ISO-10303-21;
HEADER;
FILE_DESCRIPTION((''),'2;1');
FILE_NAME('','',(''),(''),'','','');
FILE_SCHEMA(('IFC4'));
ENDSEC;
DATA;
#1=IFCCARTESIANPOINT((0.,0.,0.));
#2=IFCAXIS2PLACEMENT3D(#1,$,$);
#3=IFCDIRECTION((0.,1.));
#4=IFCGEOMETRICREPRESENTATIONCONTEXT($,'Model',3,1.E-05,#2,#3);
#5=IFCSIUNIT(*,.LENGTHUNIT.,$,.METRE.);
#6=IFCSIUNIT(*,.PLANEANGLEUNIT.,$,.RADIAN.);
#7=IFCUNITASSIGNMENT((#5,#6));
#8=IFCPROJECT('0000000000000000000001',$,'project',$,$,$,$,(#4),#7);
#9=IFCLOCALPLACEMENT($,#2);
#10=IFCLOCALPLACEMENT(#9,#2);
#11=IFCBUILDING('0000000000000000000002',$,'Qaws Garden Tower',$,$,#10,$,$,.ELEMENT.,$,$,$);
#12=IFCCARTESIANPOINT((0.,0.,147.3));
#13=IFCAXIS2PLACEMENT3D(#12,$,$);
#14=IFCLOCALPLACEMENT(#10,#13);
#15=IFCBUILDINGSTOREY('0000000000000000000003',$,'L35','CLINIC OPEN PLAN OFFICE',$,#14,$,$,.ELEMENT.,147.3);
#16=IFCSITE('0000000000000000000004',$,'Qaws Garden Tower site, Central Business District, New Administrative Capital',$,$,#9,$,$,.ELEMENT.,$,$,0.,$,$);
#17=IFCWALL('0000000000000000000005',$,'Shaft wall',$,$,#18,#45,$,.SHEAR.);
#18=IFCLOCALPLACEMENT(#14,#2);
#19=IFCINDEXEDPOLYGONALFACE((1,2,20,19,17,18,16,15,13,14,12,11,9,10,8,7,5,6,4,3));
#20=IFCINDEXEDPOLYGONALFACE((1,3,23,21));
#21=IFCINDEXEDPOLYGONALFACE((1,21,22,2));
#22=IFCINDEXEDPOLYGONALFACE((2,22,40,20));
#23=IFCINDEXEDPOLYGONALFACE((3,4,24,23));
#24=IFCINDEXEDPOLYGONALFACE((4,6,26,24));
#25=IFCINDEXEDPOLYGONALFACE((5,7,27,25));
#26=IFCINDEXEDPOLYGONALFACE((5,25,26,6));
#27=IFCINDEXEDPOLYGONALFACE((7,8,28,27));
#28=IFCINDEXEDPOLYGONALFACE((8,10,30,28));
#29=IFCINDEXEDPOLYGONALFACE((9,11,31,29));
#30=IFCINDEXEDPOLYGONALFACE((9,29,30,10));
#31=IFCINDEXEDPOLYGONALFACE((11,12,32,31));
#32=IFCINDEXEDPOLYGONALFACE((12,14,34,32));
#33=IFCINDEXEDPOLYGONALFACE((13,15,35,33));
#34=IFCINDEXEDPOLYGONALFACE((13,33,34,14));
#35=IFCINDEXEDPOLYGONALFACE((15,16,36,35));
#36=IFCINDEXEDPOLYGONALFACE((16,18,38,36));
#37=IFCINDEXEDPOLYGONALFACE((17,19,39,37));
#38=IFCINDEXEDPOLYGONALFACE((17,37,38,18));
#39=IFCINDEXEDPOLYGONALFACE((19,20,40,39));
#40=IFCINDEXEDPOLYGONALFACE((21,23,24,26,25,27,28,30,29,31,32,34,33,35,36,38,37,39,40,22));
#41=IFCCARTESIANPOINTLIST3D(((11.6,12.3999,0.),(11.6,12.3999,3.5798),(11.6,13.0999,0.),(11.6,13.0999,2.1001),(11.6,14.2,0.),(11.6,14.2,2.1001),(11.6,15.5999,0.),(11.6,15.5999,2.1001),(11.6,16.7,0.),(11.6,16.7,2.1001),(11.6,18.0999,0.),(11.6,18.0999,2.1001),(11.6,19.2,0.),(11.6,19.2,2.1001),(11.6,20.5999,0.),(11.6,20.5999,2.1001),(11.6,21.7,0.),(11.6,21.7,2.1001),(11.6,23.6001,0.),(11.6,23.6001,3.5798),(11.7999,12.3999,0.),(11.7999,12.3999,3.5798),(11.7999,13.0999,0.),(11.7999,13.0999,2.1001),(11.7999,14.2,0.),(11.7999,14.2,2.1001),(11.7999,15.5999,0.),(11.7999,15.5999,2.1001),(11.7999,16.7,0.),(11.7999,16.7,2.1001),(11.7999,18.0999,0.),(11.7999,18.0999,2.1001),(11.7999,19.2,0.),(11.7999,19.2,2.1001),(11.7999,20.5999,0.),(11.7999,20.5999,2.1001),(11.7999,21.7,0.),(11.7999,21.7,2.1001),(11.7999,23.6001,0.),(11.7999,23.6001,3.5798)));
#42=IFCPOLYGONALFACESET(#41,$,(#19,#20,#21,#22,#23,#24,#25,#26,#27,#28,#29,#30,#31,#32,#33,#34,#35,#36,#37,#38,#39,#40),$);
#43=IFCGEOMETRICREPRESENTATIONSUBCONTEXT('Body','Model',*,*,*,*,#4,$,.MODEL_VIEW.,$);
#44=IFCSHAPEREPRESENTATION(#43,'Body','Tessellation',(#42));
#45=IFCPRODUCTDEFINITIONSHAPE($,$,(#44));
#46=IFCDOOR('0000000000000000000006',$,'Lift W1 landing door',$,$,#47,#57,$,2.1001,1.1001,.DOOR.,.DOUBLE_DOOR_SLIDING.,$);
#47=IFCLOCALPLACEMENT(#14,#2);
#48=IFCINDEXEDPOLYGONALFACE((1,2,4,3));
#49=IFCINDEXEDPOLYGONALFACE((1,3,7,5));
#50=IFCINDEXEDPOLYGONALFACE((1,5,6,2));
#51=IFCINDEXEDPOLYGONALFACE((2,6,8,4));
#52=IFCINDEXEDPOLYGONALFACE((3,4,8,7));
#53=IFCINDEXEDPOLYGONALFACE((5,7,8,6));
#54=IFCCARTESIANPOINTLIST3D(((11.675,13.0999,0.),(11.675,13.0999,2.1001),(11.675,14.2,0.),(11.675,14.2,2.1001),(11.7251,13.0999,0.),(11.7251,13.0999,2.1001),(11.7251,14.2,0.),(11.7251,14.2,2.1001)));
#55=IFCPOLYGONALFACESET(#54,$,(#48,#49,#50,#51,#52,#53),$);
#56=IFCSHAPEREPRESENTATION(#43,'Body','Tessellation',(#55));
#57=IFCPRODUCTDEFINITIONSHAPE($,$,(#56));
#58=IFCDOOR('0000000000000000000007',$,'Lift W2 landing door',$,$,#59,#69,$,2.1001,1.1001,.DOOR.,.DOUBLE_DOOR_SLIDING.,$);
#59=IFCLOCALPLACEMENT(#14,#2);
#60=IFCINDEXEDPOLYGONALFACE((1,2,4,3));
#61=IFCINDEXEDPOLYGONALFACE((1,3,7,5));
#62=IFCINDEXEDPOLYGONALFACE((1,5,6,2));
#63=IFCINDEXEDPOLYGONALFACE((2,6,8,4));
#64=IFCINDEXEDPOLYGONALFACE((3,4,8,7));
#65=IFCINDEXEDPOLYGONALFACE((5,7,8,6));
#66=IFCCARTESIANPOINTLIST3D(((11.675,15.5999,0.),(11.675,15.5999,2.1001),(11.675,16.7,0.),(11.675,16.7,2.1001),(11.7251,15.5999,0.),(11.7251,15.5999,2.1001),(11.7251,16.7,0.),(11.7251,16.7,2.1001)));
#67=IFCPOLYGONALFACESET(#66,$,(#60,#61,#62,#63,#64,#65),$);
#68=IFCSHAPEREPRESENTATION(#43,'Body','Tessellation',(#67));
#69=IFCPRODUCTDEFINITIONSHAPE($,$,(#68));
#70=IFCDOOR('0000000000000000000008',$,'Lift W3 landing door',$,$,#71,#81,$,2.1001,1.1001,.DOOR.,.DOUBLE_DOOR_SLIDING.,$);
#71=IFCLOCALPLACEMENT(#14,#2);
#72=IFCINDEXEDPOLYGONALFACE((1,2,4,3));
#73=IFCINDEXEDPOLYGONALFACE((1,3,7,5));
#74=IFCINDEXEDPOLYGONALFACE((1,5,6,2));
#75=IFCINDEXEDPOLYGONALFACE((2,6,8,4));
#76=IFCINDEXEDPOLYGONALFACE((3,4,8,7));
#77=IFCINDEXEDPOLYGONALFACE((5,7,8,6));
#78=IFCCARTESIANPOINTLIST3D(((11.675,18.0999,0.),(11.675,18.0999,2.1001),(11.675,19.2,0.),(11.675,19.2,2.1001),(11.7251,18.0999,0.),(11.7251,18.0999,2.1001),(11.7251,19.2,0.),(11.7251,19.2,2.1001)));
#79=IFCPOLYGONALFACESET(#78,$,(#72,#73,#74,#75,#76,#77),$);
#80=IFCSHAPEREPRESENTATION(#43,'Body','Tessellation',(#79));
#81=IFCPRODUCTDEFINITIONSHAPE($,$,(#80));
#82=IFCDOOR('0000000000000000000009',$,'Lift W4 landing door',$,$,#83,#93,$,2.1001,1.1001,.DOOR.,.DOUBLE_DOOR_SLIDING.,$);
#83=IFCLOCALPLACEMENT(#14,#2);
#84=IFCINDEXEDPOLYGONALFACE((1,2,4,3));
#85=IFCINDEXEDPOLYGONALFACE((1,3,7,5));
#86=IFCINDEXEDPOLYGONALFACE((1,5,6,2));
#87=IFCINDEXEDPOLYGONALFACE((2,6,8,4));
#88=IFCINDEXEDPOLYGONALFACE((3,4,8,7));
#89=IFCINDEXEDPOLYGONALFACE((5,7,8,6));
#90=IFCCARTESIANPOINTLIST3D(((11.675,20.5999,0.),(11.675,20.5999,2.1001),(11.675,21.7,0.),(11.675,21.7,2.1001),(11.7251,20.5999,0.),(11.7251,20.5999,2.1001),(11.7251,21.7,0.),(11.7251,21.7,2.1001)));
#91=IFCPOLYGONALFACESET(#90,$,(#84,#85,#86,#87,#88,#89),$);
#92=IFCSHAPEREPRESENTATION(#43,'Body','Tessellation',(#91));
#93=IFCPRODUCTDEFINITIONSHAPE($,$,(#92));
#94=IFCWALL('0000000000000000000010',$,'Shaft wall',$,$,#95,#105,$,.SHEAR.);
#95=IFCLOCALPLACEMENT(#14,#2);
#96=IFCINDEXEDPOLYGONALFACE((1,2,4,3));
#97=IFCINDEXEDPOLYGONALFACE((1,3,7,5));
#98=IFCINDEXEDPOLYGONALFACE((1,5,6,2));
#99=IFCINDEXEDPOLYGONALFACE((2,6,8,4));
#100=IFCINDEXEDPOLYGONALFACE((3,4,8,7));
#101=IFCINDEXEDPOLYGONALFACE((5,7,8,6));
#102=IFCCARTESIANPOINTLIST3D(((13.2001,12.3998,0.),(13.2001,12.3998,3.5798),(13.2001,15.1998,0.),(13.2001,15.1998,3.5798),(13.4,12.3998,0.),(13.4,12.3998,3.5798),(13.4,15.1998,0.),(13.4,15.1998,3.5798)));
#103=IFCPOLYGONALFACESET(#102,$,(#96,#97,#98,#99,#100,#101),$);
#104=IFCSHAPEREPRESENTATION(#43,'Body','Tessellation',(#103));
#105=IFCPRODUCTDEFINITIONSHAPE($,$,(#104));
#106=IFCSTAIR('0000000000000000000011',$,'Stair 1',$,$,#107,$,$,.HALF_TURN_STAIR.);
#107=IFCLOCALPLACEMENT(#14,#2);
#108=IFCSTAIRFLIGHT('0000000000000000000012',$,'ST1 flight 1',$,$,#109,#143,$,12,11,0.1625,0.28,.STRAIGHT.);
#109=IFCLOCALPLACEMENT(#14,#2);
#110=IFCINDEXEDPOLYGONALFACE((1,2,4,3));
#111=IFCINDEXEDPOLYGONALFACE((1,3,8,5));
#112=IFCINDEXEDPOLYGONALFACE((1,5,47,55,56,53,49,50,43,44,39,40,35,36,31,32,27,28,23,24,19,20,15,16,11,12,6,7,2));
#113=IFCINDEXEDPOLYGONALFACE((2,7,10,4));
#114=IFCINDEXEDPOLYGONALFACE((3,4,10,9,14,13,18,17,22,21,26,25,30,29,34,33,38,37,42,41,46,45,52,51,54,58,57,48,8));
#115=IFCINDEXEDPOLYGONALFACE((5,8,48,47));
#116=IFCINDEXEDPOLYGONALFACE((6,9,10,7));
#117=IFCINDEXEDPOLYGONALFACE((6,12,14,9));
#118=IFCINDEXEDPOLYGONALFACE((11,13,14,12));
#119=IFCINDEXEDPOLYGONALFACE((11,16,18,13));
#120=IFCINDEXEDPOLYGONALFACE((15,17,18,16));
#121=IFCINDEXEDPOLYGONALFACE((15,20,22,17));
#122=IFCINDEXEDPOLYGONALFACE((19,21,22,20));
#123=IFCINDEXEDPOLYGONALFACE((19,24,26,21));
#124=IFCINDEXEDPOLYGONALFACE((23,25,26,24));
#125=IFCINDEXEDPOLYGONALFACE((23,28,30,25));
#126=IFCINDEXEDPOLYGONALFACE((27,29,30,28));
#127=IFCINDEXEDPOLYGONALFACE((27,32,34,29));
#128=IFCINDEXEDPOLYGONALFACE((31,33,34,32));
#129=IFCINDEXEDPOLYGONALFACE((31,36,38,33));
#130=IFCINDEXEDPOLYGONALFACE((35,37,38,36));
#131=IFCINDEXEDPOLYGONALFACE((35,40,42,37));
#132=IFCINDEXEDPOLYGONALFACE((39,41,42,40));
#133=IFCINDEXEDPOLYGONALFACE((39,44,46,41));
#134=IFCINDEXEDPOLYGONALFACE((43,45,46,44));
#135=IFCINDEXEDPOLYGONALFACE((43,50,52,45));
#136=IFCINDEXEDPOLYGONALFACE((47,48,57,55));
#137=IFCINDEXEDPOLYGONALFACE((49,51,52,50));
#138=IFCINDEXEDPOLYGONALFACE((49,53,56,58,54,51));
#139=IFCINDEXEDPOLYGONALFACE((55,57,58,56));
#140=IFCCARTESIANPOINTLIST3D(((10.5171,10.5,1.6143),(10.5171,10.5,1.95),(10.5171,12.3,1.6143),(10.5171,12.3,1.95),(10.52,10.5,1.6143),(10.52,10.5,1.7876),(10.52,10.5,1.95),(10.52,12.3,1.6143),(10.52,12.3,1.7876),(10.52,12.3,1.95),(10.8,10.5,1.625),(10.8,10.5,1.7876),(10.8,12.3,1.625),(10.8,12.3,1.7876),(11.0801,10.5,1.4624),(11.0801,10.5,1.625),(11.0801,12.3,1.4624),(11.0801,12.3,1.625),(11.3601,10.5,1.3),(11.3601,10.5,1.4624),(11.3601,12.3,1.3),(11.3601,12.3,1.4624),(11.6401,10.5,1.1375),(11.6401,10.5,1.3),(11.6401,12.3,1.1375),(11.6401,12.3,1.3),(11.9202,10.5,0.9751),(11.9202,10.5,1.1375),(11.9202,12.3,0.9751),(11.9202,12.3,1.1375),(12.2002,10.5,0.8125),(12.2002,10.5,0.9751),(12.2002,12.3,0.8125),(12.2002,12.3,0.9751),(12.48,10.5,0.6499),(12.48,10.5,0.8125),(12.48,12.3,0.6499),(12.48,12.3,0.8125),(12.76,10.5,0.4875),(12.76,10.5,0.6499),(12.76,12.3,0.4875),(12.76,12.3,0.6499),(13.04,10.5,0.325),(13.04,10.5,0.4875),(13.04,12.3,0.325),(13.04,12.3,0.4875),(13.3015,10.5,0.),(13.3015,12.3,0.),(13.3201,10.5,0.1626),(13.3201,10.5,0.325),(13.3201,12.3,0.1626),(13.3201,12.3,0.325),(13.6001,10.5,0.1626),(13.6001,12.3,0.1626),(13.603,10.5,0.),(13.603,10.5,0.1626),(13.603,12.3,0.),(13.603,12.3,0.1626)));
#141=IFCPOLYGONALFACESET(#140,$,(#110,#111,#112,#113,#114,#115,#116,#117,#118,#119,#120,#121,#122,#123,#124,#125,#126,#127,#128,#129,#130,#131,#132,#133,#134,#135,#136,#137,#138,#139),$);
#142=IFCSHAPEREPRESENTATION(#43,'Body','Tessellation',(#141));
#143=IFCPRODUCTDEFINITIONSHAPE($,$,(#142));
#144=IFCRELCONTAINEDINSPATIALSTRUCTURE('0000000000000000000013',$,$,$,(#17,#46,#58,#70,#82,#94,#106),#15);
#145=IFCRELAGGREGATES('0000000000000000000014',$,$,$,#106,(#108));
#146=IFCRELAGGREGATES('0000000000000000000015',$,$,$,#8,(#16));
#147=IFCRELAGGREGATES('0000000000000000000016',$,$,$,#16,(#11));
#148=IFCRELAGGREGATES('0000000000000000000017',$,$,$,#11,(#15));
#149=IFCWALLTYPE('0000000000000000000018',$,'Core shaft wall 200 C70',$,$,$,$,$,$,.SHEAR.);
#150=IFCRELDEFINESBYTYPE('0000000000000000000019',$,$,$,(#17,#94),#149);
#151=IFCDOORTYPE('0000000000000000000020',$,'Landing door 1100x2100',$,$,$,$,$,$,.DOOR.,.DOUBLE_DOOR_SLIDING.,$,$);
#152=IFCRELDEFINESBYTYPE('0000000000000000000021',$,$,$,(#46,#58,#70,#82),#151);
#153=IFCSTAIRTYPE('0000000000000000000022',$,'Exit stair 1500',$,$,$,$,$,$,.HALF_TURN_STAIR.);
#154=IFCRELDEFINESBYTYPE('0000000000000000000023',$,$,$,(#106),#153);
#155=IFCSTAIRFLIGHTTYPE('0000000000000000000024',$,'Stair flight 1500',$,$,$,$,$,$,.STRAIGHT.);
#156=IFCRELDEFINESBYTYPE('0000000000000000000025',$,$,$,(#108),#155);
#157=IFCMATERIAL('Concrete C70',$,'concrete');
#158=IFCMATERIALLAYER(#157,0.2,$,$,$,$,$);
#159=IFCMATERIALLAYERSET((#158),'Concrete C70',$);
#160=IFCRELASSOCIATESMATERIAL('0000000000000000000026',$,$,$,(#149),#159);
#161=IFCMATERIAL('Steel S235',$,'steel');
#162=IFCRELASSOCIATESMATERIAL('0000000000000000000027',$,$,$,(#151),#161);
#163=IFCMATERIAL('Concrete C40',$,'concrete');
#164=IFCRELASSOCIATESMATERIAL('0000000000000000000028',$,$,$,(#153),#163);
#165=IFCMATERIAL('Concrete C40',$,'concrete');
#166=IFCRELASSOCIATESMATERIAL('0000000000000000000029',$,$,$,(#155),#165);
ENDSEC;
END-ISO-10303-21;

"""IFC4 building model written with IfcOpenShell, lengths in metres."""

from ifc_helpers import new_model, si_unit, direction, frame, frame_2d, origin, place, context, subcontext, project, spatial, polyline, rectangle, outline, extrude, material, layer, layer_set, type_object, element, fill, aggregate, save


model = new_model("IFC4")

# Units and contexts
model_context = context("Model", 3, precision=1e-05, world=origin(), true_north=direction((0.0, 1.0)))
body_context = subcontext(model_context, "Body", "Model", "MODEL_VIEW")
ifc_project = project(units=[si_unit("LENGTHUNIT", "METRE"), si_unit("PLANEANGLEUNIT", "RADIAN")], contexts=[model_context])

# Site, building, storey
site_placement = place(None, origin())
site = spatial("IfcSite", under=ifc_project, at=site_placement, Name="Qaws Garden Tower site, Central Business District, New Administrative Capital", CompositionType="ELEMENT", RefElevation=0.0)
building_placement = place(site_placement, origin())
building = spatial("IfcBuilding", under=site, at=building_placement, Name="Qaws Garden Tower", CompositionType="ELEMENT")
storey_placement = place(building_placement, frame((0.0, 0.0, 147.3)))
storey = spatial("IfcBuildingStorey", under=building, at=storey_placement, Name="L35", Description="CLINIC OPEN PLAN OFFICE", CompositionType="ELEMENT", Elevation=147.3)

# Shared definitions
ifc_material_1 = material(Name="Concrete C70", Category="concrete")
ifc_layer_1 = layer(ifc_material_1, 0.2)
ifc_layer_set_1 = layer_set([ifc_layer_1], Name="Concrete C70")
wall_type_1 = type_object("IfcWallType", Name="Core shaft wall 200 C70", PredefinedType="SHEAR", material=ifc_layer_set_1)

# Shared definitions
ifc_material_2 = material(Name="Steel S235", Category="steel")
door_type_1 = type_object("IfcDoorType", Name="Landing door 1100x2100", OperationType="DOUBLE_DOOR_SLIDING", PredefinedType="DOOR", material=ifc_material_2)

# Wall, openings, doors
wall_1_placement = place(storey_placement, frame((11.7, 12.3999, 0.0), z_axis=(0.0, 0.0, 1.0), x_axis=(0.0, 1.0, 0.0)))
wall_1 = element("IfcWall", 1, at=wall_1_placement, inside=storey, type_object=wall_type_1, Name="Shaft wall", PredefinedType="SHEAR", context=body_context, shape_type="SweptSolid", body=[
    extrude(rectangle(XDim=11.2002, YDim=0.2, at=frame_2d((5.6001, 0.0))), origin(), (0.0, 0.0, 1.0), 3.5798),
])
opening_1_placement = place(wall_1_placement, frame((0.7, 0.0, 0.0)))
opening_1 = element("IfcOpeningElement", 2, at=opening_1_placement, cuts=wall_1, PredefinedType="OPENING", context=body_context, shape_type="SweptSolid", body=[
    extrude(rectangle(XDim=1.1001, YDim=2.1001, at=frame_2d((0.55, 1.05))), frame((0.0, 0.1099, 0.0), z_axis=(0.0, -1.0, 0.0), x_axis=(1.0, 0.0, 0.0)), (0.0, 0.0, 1.0), 0.22),
])
opening_2_placement = place(wall_1_placement, frame((3.2, 0.0, 0.0)))
opening_2 = element("IfcOpeningElement", 3, at=opening_2_placement, cuts=wall_1, PredefinedType="OPENING", context=body_context, shape_type="SweptSolid", body=[
    extrude(rectangle(XDim=1.1001, YDim=2.1001, at=frame_2d((0.55, 1.05))), frame((0.0, 0.1099, 0.0), z_axis=(0.0, -1.0, 0.0), x_axis=(1.0, 0.0, 0.0)), (0.0, 0.0, 1.0), 0.22),
])
opening_3_placement = place(wall_1_placement, frame((5.7, 0.0, 0.0)))
opening_3 = element("IfcOpeningElement", 4, at=opening_3_placement, cuts=wall_1, PredefinedType="OPENING", context=body_context, shape_type="SweptSolid", body=[
    extrude(rectangle(XDim=1.1001, YDim=2.1001, at=frame_2d((0.55, 1.05))), frame((0.0, 0.1099, 0.0), z_axis=(0.0, -1.0, 0.0), x_axis=(1.0, 0.0, 0.0)), (0.0, 0.0, 1.0), 0.22),
])
opening_4_placement = place(wall_1_placement, frame((8.2, 0.0, 0.0)))
opening_4 = element("IfcOpeningElement", 5, at=opening_4_placement, cuts=wall_1, PredefinedType="OPENING", context=body_context, shape_type="SweptSolid", body=[
    extrude(rectangle(XDim=1.1001, YDim=2.1001, at=frame_2d((0.55, 1.05))), frame((0.0, 0.1099, 0.0), z_axis=(0.0, -1.0, 0.0), x_axis=(1.0, 0.0, 0.0)), (0.0, 0.0, 1.0), 0.22),
])
door_1_placement = place(opening_1_placement, origin())
door_1 = element("IfcDoor", 6, at=door_1_placement, inside=storey, type_object=door_type_1, Name="Lift W1 landing door", OperationType="DOUBLE_DOOR_SLIDING", OverallHeight=2.1001, OverallWidth=1.1001, PredefinedType="DOOR", context=body_context, shape_type="SweptSolid", body=[
    extrude(rectangle(XDim=1.1001, YDim=2.1001, at=frame_2d((0.55, 1.05))), frame((0.0, 0.0249, 0.0), z_axis=(0.0, -1.0, 0.0), x_axis=(1.0, 0.0, 0.0)), (0.0, 0.0, 1.0), 0.05),
])
fill(opening_1, door_1)
door_2_placement = place(opening_2_placement, origin())
door_2 = element("IfcDoor", 7, at=door_2_placement, inside=storey, type_object=door_type_1, Name="Lift W2 landing door", OperationType="DOUBLE_DOOR_SLIDING", OverallHeight=2.1001, OverallWidth=1.1001, PredefinedType="DOOR", context=body_context, shape_type="SweptSolid", body=[
    extrude(rectangle(XDim=1.1001, YDim=2.1001, at=frame_2d((0.55, 1.05))), frame((0.0, 0.0249, 0.0), z_axis=(0.0, -1.0, 0.0), x_axis=(1.0, 0.0, 0.0)), (0.0, 0.0, 1.0), 0.05),
])
fill(opening_2, door_2)
door_3_placement = place(opening_3_placement, origin())
door_3 = element("IfcDoor", 8, at=door_3_placement, inside=storey, type_object=door_type_1, Name="Lift W3 landing door", OperationType="DOUBLE_DOOR_SLIDING", OverallHeight=2.1001, OverallWidth=1.1001, PredefinedType="DOOR", context=body_context, shape_type="SweptSolid", body=[
    extrude(rectangle(XDim=1.1001, YDim=2.1001, at=frame_2d((0.55, 1.05))), frame((0.0, 0.0249, 0.0), z_axis=(0.0, -1.0, 0.0), x_axis=(1.0, 0.0, 0.0)), (0.0, 0.0, 1.0), 0.05),
])
fill(opening_3, door_3)
door_4_placement = place(opening_4_placement, origin())
door_4 = element("IfcDoor", 9, at=door_4_placement, inside=storey, type_object=door_type_1, Name="Lift W4 landing door", OperationType="DOUBLE_DOOR_SLIDING", OverallHeight=2.1001, OverallWidth=1.1001, PredefinedType="DOOR", context=body_context, shape_type="SweptSolid", body=[
    extrude(rectangle(XDim=1.1001, YDim=2.1001, at=frame_2d((0.55, 1.05))), frame((0.0, 0.0249, 0.0), z_axis=(0.0, -1.0, 0.0), x_axis=(1.0, 0.0, 0.0)), (0.0, 0.0, 1.0), 0.05),
])
fill(opening_4, door_4)

# Wall
wall_2_placement = place(storey_placement, frame((13.3, 12.3999, 0.0), z_axis=(0.0, 0.0, 1.0), x_axis=(0.0, 1.0, 0.0)))
element("IfcWall", 10, at=wall_2_placement, inside=storey, type_object=wall_type_1, Name="Shaft wall", PredefinedType="SHEAR", context=body_context, shape_type="SweptSolid", body=[
    extrude(rectangle(XDim=2.8, YDim=0.2, at=frame_2d((1.3999, 0.0))), origin(), (0.0, 0.0, 1.0), 3.5798),
])

# Stair, stair flight
ifc_material_3 = material(Name="Concrete C40", Category="concrete")
stair_type = type_object("IfcStairType", Name="Exit stair 1500", PredefinedType="HALF_TURN_STAIR", material=ifc_material_3)
stair_placement = place(storey_placement, origin())
stair = element("IfcStair", 11, at=stair_placement, inside=storey, type_object=stair_type, Name="Stair 1", PredefinedType="HALF_TURN_STAIR")
ifc_material_4 = material(Name="Concrete C40", Category="concrete")
stair_flight_type = type_object("IfcStairFlightType", Name="Stair flight 1500", PredefinedType="STRAIGHT", material=ifc_material_4)
stair_flight_1_placement = place(storey_placement, frame((13.6001, 11.3999, 0.0), z_axis=(0.0, 0.0, 1.0), x_axis=(-1.0, 0.0, 0.0)))
stair_flight_1 = element("IfcStairFlight", 12, at=stair_flight_1_placement, type_object=stair_flight_type, Name="ST1 flight 1", NumberOfRisers=12, NumberOfTreads=11, PredefinedType="STRAIGHT", RiserHeight=0.1625, TreadLength=0.28, context=body_context, shape_type="SweptSolid", body=[
    extrude(outline(polyline([(-0.0029, 0.0), (-0.0029, 0.1626), (0.0, 0.1626), (0.28, 0.1626), (0.28, 0.325), (0.5601, 0.325), (0.5601, 0.4875), (0.8401, 0.4875), (0.8401, 0.6499), (1.1201, 0.6499), (1.1201, 0.8125), (1.3999, 0.8125), (1.3999, 0.9751), (1.6799, 0.9751), (1.6799, 1.1375), (1.96, 1.1375), (1.96, 1.3), (2.24, 1.3), (2.24, 1.4624), (2.52, 1.4624), (2.52, 1.625), (2.8, 1.625), (2.8, 1.7876), (3.0801, 1.7876), (3.0801, 1.95), (3.083, 1.95), (3.083, 1.6143), (3.0801, 1.6143), (0.2986, 0.0), (-0.0029, 0.0)])), frame((0.0, 0.8999, 0.0), z_axis=(0.0, -1.0, 0.0), x_axis=(1.0, 0.0, 0.0)), (0.0, 0.0, 1.0), 1.8),
])
aggregate(stair, [stair_flight_1])

save(model, "model.ifc")
